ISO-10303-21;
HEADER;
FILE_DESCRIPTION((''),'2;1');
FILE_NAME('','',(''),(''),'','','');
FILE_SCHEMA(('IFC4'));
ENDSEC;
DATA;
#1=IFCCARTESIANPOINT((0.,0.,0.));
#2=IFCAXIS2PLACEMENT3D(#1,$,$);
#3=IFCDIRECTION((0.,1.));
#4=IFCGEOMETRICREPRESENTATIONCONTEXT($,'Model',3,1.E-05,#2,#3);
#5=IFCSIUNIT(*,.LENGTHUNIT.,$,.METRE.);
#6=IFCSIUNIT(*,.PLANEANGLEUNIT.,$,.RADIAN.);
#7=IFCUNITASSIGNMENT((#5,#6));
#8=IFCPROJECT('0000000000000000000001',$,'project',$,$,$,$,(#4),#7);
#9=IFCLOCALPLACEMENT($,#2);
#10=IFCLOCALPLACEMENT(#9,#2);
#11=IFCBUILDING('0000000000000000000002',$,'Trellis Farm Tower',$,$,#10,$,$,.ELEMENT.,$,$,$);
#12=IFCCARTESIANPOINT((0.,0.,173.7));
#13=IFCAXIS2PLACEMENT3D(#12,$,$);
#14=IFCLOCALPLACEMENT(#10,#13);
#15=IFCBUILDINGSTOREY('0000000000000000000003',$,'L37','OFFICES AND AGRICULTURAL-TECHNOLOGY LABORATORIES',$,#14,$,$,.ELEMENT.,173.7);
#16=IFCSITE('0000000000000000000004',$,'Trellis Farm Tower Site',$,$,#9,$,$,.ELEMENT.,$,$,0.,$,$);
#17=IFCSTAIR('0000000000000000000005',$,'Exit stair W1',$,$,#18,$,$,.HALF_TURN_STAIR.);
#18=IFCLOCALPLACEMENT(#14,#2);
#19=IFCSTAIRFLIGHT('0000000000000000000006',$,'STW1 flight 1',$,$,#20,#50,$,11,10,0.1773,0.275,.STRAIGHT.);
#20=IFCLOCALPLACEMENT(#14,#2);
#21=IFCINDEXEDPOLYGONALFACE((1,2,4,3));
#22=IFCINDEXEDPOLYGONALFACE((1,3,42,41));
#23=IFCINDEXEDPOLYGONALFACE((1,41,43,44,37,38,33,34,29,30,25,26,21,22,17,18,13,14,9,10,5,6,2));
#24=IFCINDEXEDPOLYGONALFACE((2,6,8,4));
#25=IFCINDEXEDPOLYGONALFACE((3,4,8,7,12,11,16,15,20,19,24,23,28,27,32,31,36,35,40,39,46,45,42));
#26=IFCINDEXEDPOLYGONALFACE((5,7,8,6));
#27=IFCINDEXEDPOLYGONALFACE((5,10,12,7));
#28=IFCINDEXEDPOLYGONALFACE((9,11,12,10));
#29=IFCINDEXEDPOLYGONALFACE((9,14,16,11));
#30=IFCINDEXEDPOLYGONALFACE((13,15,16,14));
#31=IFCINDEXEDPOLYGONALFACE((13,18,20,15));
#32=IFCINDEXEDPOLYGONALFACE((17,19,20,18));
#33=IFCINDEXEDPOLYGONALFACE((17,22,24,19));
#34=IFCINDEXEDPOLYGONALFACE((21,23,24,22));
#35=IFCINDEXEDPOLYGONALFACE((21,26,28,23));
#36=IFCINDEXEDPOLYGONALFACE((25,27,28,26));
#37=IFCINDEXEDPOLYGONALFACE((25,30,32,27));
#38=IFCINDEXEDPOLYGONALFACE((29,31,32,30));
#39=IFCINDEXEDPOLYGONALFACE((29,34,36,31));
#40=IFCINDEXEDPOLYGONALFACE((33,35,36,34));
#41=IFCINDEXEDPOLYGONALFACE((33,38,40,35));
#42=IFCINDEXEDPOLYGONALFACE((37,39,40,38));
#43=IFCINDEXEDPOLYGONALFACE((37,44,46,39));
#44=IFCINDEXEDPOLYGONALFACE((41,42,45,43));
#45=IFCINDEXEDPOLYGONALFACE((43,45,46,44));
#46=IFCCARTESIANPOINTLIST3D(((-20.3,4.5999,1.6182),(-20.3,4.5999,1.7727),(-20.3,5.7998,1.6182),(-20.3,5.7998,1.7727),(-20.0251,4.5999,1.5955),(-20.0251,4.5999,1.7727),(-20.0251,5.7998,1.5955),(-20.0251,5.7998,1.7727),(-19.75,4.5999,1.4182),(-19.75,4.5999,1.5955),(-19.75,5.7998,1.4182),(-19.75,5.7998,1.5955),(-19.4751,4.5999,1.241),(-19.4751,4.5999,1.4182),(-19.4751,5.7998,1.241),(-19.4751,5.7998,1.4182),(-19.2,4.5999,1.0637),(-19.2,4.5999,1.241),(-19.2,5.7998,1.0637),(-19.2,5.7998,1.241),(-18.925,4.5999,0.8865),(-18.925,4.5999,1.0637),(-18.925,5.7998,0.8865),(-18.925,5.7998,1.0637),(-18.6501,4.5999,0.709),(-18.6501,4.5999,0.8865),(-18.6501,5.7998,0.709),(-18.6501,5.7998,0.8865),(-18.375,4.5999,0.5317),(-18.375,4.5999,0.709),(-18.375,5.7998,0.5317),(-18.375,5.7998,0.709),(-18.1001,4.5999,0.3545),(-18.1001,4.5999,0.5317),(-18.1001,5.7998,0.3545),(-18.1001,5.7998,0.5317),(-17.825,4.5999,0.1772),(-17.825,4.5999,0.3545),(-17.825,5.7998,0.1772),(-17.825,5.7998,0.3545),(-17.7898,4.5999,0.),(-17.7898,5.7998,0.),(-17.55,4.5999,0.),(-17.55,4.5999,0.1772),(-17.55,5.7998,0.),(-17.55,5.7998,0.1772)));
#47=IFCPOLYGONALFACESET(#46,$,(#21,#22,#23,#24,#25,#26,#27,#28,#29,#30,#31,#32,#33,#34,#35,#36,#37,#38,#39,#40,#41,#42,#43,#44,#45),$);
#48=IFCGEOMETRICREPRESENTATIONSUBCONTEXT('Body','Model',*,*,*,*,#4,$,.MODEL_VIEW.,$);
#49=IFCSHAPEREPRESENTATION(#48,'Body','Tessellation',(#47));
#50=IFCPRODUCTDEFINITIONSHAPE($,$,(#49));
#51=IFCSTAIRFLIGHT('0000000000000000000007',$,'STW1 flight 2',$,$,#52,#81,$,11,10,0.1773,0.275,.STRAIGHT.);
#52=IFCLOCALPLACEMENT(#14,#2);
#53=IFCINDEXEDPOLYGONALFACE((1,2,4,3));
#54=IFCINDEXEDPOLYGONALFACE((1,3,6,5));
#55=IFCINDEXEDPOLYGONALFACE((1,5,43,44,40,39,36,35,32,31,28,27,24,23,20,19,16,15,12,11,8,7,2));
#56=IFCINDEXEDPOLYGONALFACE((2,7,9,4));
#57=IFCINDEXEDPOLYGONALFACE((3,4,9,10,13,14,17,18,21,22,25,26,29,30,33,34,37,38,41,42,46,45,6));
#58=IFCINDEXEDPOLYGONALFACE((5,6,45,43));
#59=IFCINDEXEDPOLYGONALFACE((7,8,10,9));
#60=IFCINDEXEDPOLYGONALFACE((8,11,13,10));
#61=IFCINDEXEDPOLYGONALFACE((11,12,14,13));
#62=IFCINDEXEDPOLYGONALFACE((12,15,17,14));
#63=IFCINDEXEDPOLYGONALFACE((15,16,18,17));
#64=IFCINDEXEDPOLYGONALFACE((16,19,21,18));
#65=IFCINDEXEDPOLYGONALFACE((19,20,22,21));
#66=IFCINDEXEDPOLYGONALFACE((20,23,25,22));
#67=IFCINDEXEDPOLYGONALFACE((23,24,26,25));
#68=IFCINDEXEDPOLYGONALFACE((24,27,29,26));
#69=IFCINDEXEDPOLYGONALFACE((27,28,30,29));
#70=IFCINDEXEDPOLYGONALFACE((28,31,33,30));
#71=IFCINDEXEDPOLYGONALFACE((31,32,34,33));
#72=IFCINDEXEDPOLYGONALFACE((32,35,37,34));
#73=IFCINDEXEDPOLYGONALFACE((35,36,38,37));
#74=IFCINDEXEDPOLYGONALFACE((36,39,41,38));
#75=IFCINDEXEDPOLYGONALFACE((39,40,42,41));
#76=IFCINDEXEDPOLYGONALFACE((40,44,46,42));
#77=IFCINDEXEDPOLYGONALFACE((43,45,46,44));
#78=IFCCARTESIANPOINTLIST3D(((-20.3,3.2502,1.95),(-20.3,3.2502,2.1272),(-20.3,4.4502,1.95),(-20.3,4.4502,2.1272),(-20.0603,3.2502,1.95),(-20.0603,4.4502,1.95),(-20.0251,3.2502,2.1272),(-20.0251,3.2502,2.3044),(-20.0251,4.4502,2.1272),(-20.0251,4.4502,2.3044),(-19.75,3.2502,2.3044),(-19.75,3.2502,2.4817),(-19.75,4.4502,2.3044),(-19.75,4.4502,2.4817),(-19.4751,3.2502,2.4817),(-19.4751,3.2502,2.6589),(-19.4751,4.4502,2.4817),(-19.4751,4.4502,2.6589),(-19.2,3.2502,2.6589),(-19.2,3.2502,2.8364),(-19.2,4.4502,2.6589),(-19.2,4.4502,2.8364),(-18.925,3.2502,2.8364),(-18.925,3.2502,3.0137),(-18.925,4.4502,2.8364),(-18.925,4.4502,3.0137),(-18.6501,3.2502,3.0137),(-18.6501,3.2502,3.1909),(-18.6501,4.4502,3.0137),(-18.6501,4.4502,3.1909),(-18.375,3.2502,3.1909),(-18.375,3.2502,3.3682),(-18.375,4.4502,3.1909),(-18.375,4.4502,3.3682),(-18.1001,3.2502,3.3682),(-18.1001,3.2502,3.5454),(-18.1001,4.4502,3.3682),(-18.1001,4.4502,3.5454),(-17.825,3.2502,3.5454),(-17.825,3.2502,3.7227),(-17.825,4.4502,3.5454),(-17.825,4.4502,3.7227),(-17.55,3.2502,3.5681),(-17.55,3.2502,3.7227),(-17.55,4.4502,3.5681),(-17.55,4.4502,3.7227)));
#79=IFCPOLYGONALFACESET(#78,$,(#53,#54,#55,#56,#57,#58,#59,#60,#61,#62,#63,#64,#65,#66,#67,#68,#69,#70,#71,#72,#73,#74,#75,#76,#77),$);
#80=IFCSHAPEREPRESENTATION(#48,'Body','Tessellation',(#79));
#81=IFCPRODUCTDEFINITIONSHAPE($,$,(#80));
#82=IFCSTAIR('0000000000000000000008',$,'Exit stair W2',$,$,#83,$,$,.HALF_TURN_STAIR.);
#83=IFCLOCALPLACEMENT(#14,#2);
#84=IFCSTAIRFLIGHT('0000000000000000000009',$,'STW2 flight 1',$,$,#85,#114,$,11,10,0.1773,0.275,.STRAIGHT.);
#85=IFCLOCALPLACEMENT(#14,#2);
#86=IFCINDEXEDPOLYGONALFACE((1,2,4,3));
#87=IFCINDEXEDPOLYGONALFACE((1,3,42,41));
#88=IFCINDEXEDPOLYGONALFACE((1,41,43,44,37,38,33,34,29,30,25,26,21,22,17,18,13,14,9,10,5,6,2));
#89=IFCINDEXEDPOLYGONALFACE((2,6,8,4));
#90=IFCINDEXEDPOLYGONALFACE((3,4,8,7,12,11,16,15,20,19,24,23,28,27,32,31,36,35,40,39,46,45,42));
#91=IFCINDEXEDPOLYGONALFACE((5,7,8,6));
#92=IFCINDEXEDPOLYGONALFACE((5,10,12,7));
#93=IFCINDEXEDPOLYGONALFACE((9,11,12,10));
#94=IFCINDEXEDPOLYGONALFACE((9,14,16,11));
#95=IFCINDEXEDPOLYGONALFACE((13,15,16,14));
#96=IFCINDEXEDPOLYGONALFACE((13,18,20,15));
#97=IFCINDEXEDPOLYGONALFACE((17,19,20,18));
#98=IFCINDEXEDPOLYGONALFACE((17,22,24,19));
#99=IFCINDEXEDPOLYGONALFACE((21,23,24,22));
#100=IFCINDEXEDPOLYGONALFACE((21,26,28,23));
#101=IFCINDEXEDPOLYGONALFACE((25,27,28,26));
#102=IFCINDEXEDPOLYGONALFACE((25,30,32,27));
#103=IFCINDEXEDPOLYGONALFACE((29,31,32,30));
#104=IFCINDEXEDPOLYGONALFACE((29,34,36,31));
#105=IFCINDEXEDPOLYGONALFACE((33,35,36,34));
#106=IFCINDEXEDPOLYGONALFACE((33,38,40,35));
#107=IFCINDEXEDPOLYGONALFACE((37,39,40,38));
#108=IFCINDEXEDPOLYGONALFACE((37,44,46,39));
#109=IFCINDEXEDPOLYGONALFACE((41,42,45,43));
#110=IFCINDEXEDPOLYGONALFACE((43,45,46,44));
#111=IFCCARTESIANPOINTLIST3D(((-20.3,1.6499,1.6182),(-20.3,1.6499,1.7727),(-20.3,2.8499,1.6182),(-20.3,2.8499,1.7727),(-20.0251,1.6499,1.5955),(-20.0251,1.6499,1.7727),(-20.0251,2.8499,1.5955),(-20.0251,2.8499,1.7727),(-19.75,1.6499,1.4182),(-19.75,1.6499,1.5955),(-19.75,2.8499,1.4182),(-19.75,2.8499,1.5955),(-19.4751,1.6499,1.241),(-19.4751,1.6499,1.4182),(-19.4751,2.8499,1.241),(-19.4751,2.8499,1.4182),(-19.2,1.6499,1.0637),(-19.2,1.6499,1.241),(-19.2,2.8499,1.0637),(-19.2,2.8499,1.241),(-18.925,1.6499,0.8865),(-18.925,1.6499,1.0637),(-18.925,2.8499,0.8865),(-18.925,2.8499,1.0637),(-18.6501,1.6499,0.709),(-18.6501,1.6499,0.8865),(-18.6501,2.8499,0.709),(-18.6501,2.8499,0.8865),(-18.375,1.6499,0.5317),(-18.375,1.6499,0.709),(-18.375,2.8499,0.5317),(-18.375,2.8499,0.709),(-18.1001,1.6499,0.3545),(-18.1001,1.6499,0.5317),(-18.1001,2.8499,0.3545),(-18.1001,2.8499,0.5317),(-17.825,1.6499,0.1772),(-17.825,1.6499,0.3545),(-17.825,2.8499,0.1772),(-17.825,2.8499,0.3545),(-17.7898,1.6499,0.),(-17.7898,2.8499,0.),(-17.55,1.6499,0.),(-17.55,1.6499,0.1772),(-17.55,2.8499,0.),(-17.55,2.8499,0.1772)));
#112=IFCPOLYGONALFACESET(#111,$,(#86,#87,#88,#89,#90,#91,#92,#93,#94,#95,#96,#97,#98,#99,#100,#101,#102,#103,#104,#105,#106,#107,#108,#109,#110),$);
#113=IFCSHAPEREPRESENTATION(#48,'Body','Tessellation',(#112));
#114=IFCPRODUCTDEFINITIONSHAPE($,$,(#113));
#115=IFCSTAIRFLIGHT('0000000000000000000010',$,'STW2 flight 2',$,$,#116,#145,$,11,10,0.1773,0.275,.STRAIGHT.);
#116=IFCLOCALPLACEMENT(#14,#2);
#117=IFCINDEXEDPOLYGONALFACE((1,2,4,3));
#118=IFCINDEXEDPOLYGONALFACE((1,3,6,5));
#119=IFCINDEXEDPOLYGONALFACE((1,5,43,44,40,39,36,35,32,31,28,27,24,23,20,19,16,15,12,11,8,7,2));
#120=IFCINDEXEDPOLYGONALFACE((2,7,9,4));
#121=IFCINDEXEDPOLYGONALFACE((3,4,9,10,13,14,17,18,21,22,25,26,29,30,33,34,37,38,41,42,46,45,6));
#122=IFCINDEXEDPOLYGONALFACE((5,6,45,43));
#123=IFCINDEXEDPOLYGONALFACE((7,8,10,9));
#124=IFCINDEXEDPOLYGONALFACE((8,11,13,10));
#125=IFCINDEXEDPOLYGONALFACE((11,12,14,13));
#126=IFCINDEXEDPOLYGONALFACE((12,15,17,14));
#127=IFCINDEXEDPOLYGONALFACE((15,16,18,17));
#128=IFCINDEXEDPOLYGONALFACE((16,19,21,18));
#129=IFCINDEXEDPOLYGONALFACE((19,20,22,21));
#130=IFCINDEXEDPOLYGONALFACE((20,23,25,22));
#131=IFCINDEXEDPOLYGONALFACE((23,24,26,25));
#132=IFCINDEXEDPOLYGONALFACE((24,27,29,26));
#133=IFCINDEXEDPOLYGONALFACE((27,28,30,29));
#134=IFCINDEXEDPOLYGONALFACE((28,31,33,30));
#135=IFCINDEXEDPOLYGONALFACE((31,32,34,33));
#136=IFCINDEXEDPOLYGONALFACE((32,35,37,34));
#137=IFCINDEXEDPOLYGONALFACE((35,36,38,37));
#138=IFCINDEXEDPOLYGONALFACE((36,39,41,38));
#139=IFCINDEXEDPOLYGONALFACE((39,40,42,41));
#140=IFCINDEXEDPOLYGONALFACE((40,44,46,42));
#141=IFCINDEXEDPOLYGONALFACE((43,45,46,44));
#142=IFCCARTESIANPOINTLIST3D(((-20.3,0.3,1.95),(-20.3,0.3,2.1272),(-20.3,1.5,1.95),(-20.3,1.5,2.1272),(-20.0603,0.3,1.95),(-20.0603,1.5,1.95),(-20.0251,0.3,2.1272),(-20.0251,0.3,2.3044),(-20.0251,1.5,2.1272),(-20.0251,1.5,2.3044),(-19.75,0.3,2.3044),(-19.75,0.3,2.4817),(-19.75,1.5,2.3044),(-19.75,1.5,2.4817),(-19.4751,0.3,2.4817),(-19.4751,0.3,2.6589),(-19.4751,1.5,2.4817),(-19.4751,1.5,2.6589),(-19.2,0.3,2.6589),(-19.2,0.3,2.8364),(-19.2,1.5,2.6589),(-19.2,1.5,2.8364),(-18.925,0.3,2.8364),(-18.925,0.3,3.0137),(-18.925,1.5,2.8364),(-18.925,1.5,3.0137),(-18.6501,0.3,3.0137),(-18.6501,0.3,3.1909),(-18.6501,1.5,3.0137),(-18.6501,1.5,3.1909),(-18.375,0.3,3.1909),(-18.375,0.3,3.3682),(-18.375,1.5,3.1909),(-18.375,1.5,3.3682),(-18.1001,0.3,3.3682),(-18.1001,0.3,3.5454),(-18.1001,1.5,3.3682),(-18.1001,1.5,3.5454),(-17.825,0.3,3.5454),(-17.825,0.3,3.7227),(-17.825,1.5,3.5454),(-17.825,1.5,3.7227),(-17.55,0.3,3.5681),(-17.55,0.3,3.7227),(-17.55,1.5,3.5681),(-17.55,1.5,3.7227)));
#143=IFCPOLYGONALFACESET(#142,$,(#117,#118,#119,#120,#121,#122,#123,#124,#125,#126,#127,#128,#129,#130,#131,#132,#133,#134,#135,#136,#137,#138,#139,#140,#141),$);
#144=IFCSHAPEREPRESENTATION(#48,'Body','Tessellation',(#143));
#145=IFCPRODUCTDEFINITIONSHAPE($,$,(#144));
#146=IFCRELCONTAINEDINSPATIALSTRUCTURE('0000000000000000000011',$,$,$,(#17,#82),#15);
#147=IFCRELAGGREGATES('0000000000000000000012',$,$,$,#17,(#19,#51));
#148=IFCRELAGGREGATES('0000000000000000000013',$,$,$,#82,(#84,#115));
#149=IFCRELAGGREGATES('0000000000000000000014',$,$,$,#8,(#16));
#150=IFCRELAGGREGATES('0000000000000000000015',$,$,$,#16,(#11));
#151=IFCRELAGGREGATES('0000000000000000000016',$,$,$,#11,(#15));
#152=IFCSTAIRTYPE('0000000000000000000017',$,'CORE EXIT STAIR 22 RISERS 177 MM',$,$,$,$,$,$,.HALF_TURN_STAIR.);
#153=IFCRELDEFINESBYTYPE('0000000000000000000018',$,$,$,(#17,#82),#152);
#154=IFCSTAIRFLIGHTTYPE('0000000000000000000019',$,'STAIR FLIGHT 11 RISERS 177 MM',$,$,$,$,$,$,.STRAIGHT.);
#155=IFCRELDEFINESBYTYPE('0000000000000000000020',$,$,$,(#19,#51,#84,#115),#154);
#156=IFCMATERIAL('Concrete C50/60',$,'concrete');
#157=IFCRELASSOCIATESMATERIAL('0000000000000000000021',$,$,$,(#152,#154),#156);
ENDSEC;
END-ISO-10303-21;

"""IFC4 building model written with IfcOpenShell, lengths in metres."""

from ifc_helpers import new_model, si_unit, direction, frame, origin, place, context, subcontext, project, spatial, polyline, outline, extrude, source, transform, mapped, material, type_object, element, aggregate, save


model = new_model("IFC4")

# Units and contexts
model_context = context("Model", 3, precision=1e-05, world=origin(), true_north=direction((0.0, 1.0)))
body_context = subcontext(model_context, "Body", "Model", "MODEL_VIEW")
ifc_project = project(units=[si_unit("LENGTHUNIT", "METRE"), si_unit("PLANEANGLEUNIT", "RADIAN")], contexts=[model_context])

# Site, building, storey
site_placement = place(None, origin())
site = spatial("IfcSite", under=ifc_project, at=site_placement, Name="Trellis Farm Tower Site", CompositionType="ELEMENT", RefElevation=0.0)
building_placement = place(site_placement, origin())
building = spatial("IfcBuilding", under=site, at=building_placement, Name="Trellis Farm Tower", CompositionType="ELEMENT")
storey_placement = place(building_placement, frame((0.0, 0.0, 173.7)))
storey = spatial("IfcBuildingStorey", under=building, at=storey_placement, Name="L37", Description="OFFICES AND AGRICULTURAL-TECHNOLOGY LABORATORIES", CompositionType="ELEMENT", Elevation=173.7)

# Shared definitions
placement = place(storey_placement, origin())

# Stairs, stair flights
ifc_material_1 = material(Name="Concrete C50/60", Category="concrete")
stair_type = type_object("IfcStairType", Name="CORE EXIT STAIR 22 RISERS 177 MM", PredefinedType="HALF_TURN_STAIR", material=ifc_material_1)
stair_1 = element("IfcStair", 1, at=placement, inside=storey, type_object=stair_type, Name="Exit stair W1", PredefinedType="HALF_TURN_STAIR")
stair_flight_type = type_object("IfcStairFlightType", Name="STAIR FLIGHT 11 RISERS 177 MM", PredefinedType="STRAIGHT", material=ifc_material_1)
shared_shape_1 = source(origin(), body_context, "Body", "SweptSolid", [
    extrude(outline(polyline([(0.0, 0.0), (0.0, 0.1772), (0.2749, 0.1772), (0.2749, 0.3545), (0.55, 0.3545), (0.55, 0.5317), (0.825, 0.5317), (0.825, 0.709), (1.1001, 0.709), (1.1001, 0.8865), (1.375, 0.8865), (1.375, 1.0637), (1.6499, 1.0637), (1.6499, 1.241), (1.925, 1.241), (1.925, 1.4182), (2.2, 1.4182), (2.2, 1.5955), (2.4751, 1.5955), (2.4751, 1.7727), (2.75, 1.7727), (2.75, 1.95), (2.75, 1.6182), (0.2397, 0.0), (0.0, 0.0)])), frame((0.0, 0.6001, 0.0), z_axis=(0.0, -1.0, 0.0), x_axis=(1.0, 0.0, 0.0)), (0.0, 0.0, 1.0), 1.2),
])
stair_flight_1_placement = place(storey_placement, frame((-17.55, 5.2, 0.0), z_axis=(0.0, 0.0, 1.0), x_axis=(-1.0, 0.0, 0.0)))
stair_flight_1 = element("IfcStairFlight", 2, at=stair_flight_1_placement, type_object=stair_flight_type, Name="STW1 flight 1", NumberOfRisers=11, NumberOfTreads=10, PredefinedType="STRAIGHT", RiserHeight=0.1773, TreadLength=0.275, context=body_context, shape_type="MappedRepresentation", body=[
    mapped(shared_shape_1, transform((0.0, 0.0, 0.0))),
])
stair_flight_2_placement = place(storey_placement, frame((-20.3, 3.8501, 1.95), z_axis=(0.0, 0.0, 1.0), x_axis=(1.0, 0.0, 0.0)))
stair_flight_2 = element("IfcStairFlight", 3, at=stair_flight_2_placement, type_object=stair_flight_type, Name="STW1 flight 2", NumberOfRisers=11, NumberOfTreads=10, PredefinedType="STRAIGHT", RiserHeight=0.1773, TreadLength=0.275, context=body_context, shape_type="MappedRepresentation", body=[
    mapped(shared_shape_1, transform((0.0, 0.0, 0.0))),
])
aggregate(stair_1, [stair_flight_1, stair_flight_2])
stair_2 = element("IfcStair", 4, at=placement, inside=storey, type_object=stair_type, Name="Exit stair W2", PredefinedType="HALF_TURN_STAIR")
stair_flight_3_placement = place(storey_placement, frame((-17.55, 2.25, 0.0), z_axis=(0.0, 0.0, 1.0), x_axis=(-1.0, 0.0, 0.0)))
stair_flight_3 = element("IfcStairFlight", 5, at=stair_flight_3_placement, type_object=stair_flight_type, Name="STW2 flight 1", NumberOfRisers=11, NumberOfTreads=10, PredefinedType="STRAIGHT", RiserHeight=0.1773, TreadLength=0.275, context=body_context, shape_type="MappedRepresentation", body=[
    mapped(shared_shape_1, transform((0.0, 0.0, 0.0))),
])
stair_flight_4_placement = place(storey_placement, frame((-20.3, 0.8999, 1.95), z_axis=(0.0, 0.0, 1.0), x_axis=(1.0, 0.0, 0.0)))
stair_flight_4 = element("IfcStairFlight", 6, at=stair_flight_4_placement, type_object=stair_flight_type, Name="STW2 flight 2", NumberOfRisers=11, NumberOfTreads=10, PredefinedType="STRAIGHT", RiserHeight=0.1773, TreadLength=0.275, context=body_context, shape_type="MappedRepresentation", body=[
    mapped(shared_shape_1, transform((0.0, 0.0, 0.0))),
])
aggregate(stair_2, [stair_flight_3, stair_flight_4])

save(model, "model.ifc")
